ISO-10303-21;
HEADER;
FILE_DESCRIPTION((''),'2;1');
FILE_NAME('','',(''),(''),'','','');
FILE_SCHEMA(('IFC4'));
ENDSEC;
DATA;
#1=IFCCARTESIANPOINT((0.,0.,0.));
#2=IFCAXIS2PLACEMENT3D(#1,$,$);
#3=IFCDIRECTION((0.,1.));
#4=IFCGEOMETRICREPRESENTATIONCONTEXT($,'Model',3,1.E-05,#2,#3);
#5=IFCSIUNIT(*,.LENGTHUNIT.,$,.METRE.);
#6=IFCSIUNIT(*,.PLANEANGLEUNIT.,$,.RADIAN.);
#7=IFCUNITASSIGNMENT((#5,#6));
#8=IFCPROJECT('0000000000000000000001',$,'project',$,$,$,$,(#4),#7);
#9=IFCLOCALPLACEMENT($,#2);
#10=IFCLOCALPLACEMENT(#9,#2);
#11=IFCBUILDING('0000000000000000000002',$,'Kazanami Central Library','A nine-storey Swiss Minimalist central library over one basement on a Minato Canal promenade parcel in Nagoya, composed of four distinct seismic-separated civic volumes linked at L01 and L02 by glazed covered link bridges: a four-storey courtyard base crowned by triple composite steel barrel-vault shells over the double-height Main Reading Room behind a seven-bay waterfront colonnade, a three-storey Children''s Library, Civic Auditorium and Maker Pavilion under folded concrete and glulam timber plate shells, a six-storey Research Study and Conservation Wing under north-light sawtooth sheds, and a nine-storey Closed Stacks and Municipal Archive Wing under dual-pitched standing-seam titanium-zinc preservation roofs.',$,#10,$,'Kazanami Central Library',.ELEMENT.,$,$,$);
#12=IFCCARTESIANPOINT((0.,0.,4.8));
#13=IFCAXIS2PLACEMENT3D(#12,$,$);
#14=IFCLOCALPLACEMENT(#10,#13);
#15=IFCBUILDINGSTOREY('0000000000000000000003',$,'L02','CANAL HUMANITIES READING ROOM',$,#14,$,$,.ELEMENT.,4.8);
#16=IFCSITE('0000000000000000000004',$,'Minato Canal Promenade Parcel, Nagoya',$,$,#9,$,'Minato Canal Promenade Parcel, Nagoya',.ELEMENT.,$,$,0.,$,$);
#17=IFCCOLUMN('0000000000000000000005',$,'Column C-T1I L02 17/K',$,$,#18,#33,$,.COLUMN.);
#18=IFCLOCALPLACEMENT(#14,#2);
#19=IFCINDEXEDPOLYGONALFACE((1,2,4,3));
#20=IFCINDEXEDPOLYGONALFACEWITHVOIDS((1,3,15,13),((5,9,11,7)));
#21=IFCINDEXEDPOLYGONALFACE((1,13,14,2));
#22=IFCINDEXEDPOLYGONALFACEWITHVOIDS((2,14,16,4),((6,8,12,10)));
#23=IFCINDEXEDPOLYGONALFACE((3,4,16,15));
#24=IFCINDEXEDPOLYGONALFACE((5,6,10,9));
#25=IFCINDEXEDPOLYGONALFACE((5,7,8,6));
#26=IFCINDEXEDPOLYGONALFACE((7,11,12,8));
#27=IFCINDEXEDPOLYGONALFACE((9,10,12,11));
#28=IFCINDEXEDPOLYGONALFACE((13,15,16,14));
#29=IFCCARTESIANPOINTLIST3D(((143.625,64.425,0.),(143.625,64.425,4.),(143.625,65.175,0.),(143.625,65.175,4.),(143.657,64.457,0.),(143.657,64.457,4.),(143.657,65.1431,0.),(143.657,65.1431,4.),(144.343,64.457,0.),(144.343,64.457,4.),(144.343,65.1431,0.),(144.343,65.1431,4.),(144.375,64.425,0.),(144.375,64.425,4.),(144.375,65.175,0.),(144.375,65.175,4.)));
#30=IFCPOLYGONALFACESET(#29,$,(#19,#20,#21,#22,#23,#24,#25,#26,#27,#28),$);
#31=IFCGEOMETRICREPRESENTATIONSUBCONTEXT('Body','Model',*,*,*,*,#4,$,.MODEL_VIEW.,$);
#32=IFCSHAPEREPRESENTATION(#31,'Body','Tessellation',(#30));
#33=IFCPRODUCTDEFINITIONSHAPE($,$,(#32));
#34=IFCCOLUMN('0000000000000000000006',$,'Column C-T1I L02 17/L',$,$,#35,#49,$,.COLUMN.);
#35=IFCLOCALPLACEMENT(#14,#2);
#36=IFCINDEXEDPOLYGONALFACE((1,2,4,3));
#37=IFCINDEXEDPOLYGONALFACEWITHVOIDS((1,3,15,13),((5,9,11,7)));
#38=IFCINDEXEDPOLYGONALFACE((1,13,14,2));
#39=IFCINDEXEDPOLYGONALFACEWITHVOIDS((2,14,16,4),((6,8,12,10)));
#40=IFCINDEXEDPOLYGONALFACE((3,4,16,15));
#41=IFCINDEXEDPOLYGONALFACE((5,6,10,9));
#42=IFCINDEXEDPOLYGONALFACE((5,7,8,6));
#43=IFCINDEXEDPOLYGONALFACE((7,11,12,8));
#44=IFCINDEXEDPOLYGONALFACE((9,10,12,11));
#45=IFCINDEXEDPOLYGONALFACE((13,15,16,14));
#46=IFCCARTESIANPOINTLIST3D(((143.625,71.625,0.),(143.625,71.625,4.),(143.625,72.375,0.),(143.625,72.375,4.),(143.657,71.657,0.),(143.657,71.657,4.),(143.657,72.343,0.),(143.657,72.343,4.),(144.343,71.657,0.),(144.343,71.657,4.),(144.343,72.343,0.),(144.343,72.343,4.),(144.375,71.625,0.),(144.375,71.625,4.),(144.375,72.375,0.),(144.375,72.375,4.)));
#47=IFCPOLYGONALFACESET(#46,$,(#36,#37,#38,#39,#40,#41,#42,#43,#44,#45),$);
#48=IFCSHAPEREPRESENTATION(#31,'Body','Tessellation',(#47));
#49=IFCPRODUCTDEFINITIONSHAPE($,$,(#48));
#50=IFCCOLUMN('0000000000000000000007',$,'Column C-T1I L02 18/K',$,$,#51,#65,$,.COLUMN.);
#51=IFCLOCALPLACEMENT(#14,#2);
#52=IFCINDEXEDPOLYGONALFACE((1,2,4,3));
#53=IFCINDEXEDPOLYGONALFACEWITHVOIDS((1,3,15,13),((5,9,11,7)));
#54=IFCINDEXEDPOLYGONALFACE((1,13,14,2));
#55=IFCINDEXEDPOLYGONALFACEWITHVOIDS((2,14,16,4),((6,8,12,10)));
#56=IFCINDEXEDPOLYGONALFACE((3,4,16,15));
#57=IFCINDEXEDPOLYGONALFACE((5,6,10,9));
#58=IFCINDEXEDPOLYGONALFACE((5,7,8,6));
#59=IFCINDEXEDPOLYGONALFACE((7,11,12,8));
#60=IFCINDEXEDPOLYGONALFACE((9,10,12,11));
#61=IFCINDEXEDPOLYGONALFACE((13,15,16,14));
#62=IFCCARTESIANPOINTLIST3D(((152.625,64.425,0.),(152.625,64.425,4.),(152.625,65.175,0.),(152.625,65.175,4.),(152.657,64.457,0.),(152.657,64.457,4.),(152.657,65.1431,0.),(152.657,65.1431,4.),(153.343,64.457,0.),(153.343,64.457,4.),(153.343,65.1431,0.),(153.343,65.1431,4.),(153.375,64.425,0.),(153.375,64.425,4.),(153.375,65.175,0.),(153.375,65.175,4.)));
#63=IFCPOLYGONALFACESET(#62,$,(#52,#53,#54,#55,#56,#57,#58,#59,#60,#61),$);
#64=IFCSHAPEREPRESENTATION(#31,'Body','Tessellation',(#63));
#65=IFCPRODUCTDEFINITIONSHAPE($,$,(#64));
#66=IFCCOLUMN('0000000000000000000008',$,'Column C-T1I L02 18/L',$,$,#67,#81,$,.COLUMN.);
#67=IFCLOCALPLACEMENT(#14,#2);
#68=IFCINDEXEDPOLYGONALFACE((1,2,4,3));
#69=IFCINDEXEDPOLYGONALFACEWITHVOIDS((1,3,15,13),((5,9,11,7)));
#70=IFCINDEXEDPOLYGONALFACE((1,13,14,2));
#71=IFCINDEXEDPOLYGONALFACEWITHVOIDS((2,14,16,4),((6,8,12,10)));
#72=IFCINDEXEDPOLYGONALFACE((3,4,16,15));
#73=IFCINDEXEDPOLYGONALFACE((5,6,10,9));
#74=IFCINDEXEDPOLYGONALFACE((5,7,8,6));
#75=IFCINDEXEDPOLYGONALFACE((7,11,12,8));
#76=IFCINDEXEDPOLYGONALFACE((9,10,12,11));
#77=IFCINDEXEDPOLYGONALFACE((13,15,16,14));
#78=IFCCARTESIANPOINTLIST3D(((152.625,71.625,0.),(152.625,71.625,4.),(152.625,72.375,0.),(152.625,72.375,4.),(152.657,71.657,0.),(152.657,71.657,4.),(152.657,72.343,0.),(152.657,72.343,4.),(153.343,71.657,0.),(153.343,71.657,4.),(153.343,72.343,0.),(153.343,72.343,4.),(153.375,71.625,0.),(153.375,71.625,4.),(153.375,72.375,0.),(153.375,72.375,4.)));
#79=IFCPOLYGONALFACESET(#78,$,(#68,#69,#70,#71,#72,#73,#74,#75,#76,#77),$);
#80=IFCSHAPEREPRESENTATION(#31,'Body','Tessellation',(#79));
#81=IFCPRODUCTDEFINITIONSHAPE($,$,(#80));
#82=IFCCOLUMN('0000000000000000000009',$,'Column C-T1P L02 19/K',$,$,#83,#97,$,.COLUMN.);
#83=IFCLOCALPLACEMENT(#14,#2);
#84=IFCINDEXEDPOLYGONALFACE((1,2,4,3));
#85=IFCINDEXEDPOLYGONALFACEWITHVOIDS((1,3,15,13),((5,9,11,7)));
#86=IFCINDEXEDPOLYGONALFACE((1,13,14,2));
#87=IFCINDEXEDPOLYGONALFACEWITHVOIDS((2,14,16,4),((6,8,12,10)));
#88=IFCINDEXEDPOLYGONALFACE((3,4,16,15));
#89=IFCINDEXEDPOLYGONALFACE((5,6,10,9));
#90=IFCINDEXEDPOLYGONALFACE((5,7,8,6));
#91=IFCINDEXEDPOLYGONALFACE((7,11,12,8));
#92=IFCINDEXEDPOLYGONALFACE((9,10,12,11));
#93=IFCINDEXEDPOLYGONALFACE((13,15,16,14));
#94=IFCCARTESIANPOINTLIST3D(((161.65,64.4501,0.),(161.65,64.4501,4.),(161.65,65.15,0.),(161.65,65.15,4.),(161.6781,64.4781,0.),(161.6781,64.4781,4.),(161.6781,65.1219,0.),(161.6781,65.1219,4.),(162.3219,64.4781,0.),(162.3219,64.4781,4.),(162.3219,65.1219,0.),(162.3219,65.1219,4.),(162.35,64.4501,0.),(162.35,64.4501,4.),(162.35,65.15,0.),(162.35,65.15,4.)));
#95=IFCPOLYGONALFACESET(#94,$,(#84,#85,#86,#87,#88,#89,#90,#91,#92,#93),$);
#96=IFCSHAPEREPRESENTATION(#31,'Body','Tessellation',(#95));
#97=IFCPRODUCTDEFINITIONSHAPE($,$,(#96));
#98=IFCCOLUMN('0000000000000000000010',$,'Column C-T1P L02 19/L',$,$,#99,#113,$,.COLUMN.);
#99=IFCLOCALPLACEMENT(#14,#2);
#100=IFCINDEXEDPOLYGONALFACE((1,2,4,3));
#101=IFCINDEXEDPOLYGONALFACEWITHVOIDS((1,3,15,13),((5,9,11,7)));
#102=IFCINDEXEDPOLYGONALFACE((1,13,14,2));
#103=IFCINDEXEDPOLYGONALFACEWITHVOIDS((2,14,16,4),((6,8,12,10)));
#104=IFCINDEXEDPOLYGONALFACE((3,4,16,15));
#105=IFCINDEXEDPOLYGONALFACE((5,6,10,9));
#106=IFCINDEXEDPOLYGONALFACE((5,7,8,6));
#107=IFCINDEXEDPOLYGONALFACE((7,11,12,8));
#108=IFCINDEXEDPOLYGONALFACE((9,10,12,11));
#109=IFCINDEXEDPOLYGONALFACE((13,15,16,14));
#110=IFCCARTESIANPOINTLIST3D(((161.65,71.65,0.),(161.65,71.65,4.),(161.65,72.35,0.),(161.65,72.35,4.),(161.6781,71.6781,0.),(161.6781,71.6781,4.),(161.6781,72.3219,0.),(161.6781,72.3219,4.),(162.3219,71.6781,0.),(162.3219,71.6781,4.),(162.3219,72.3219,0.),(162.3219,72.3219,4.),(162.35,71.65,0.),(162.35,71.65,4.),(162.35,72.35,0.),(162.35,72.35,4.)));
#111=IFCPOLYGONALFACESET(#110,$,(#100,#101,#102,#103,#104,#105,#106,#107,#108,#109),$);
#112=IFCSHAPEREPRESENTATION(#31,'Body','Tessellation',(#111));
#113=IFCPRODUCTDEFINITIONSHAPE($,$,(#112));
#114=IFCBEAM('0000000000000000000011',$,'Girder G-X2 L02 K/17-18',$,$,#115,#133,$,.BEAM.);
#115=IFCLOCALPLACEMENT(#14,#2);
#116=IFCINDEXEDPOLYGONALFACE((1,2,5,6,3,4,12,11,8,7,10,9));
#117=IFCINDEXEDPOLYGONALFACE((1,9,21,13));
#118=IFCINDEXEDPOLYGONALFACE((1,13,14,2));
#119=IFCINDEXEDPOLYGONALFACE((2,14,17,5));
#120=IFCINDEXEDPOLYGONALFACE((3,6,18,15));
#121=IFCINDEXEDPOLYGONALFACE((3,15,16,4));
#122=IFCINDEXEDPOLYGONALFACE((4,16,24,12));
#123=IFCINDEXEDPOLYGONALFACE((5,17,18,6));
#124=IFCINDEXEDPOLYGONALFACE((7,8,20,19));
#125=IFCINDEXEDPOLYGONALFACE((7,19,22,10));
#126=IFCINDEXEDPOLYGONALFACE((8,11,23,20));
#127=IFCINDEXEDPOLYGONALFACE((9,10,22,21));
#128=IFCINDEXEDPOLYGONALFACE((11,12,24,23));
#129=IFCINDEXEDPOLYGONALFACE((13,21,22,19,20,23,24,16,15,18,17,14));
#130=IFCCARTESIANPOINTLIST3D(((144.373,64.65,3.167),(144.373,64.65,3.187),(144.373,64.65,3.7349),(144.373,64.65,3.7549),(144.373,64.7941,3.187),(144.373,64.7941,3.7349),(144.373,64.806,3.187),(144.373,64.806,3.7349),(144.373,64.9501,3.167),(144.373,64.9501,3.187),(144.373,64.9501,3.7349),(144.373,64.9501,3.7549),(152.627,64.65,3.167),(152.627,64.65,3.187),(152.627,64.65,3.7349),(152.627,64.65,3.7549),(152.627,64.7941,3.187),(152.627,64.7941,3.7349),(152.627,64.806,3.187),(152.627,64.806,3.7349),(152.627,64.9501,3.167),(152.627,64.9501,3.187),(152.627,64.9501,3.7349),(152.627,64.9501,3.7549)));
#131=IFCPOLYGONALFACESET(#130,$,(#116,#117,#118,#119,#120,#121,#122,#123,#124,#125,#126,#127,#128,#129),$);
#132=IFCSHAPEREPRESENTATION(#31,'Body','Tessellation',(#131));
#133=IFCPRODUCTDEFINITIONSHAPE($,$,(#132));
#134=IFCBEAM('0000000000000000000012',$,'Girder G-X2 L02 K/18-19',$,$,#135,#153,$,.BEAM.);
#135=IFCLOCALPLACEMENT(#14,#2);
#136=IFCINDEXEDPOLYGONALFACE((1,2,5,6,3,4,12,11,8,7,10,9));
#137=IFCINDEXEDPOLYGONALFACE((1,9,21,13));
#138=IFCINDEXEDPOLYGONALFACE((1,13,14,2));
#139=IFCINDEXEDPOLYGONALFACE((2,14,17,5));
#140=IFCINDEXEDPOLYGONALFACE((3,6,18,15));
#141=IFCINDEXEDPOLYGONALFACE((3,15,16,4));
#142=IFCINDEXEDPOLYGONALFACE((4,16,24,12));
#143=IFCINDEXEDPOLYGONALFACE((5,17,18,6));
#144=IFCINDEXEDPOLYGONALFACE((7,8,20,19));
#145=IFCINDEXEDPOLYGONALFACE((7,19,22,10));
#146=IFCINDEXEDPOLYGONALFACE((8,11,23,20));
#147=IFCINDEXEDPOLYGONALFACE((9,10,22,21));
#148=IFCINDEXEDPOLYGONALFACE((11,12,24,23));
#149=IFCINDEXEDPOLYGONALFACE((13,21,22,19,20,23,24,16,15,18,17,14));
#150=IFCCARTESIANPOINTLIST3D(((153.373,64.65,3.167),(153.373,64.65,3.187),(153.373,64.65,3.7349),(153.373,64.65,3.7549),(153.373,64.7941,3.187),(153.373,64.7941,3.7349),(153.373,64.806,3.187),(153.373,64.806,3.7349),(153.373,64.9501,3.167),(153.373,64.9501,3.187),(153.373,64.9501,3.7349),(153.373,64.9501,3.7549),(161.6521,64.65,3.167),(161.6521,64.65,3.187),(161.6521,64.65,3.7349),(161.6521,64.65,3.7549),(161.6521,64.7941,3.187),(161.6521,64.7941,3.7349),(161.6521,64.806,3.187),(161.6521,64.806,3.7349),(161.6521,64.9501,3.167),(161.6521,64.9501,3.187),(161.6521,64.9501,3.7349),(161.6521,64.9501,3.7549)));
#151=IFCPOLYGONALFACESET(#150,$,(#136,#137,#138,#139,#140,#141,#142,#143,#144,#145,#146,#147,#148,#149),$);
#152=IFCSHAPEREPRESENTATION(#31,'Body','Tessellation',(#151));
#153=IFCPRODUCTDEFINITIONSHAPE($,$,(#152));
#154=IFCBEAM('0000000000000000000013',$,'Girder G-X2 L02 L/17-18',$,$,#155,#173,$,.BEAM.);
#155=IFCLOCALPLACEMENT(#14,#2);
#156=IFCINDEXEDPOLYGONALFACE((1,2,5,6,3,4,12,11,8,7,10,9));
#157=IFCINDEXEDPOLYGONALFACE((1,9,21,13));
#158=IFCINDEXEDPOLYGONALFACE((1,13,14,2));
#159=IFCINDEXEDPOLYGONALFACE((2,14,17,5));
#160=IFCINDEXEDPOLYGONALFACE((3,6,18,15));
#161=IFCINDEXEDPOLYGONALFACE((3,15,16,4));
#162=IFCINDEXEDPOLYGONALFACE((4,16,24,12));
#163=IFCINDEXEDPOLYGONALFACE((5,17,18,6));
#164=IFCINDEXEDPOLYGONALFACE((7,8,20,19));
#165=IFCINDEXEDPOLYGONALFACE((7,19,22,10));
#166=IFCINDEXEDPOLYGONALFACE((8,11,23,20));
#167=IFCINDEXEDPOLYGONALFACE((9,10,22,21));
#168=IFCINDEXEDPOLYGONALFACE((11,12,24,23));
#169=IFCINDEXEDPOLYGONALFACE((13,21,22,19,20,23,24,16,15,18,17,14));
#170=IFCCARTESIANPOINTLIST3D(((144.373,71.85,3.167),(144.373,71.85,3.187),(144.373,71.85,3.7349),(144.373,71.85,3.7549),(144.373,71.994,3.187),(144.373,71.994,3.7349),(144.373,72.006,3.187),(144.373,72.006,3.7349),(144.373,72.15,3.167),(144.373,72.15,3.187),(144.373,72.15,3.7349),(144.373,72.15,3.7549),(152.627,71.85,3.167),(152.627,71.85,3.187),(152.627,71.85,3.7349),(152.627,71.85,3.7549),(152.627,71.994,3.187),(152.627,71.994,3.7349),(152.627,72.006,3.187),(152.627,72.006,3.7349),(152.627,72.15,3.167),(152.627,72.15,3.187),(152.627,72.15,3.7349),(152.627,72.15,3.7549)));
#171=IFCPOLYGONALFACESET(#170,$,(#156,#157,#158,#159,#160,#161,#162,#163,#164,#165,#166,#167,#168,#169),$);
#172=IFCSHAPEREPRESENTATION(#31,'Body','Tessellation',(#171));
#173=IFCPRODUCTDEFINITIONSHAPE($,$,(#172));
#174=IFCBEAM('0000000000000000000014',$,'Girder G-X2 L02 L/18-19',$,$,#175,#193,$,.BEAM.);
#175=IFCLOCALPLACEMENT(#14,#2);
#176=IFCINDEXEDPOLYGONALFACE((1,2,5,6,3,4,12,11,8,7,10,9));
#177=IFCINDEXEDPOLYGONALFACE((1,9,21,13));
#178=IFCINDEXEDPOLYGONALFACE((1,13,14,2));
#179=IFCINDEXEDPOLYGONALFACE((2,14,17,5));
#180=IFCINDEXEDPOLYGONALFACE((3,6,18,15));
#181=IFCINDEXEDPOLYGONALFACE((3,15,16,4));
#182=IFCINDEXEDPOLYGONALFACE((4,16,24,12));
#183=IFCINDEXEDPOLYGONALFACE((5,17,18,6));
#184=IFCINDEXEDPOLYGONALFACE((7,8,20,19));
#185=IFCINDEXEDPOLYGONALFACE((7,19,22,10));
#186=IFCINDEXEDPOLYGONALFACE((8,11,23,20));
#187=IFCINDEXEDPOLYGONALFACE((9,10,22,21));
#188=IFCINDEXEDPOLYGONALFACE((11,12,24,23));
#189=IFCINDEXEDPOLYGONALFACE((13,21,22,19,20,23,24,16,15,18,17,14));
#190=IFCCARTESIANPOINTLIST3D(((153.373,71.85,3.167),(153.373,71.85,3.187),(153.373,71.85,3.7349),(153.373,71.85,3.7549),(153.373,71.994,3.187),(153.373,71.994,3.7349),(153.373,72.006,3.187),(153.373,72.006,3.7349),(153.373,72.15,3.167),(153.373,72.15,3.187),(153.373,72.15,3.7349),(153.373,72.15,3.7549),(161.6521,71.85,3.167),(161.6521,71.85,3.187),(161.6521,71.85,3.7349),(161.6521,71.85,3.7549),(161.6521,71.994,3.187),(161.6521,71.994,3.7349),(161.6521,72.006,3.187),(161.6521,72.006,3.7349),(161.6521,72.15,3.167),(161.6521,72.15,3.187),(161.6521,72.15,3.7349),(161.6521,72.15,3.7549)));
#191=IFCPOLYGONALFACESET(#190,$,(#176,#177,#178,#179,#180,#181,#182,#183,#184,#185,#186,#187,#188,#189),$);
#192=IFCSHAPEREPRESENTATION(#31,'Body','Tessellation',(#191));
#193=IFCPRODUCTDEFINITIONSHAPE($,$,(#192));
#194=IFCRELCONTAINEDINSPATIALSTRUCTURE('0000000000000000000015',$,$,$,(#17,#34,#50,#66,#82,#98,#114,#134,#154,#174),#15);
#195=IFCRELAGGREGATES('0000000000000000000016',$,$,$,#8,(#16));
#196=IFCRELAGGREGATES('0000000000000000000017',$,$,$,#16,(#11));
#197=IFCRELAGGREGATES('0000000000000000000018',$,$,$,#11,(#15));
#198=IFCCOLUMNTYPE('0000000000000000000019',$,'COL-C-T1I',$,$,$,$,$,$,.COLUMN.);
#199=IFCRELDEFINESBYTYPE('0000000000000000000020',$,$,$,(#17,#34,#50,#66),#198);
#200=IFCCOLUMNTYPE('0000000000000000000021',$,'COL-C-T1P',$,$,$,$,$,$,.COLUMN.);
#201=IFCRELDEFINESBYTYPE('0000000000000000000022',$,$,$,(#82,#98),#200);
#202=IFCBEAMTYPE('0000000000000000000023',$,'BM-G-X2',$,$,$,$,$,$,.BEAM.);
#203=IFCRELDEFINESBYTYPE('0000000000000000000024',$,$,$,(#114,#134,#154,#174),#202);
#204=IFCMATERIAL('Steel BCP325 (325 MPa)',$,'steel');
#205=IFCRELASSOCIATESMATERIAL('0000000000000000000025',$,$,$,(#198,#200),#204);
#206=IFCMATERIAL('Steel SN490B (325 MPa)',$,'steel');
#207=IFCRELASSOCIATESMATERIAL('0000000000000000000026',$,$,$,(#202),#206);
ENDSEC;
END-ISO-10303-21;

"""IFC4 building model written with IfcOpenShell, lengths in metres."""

from ifc_helpers import new_model, si_unit, direction, frame, origin, origin_2d, place, context, subcontext, project, spatial, hollow_rectangle, i_section, extrude, material, material_profile, profile_set, type_object, element, save


model = new_model("IFC4")

# Units and contexts
model_context = context("Model", 3, precision=1e-05, world=origin(), true_north=direction((0.0, 1.0)))
body_context = subcontext(model_context, "Body", "Model", "MODEL_VIEW")
ifc_project = project(units=[si_unit("LENGTHUNIT", "METRE"), si_unit("PLANEANGLEUNIT", "RADIAN")], contexts=[model_context])

# Site, building, storey
site_placement = place(None, origin())
site = spatial("IfcSite", under=ifc_project, at=site_placement, Name="Minato Canal Promenade Parcel, Nagoya", LongName="Minato Canal Promenade Parcel, Nagoya", CompositionType="ELEMENT", RefElevation=0.0)
building_placement = place(site_placement, origin())
building = spatial("IfcBuilding", under=site, at=building_placement, Name="Kazanami Central Library", Description="A nine-storey Swiss Minimalist central library over one basement on a Minato Canal promenade parcel in Nagoya, composed of four distinct seismic-separated civic volumes linked at L01 and L02 by glazed covered link bridges: a four-storey courtyard base crowned by triple composite steel barrel-vault shells over the double-height Main Reading Room behind a seven-bay waterfront colonnade, a three-storey Children's Library, Civic Auditorium and Maker Pavilion under folded concrete and glulam timber plate shells, a six-storey Research Study and Conservation Wing under north-light sawtooth sheds, and a nine-storey Closed Stacks and Municipal Archive Wing under dual-pitched standing-seam titanium-zinc preservation roofs.", LongName="Kazanami Central Library", CompositionType="ELEMENT")
storey_placement = place(building_placement, frame((0.0, 0.0, 4.8)))
storey = spatial("IfcBuildingStorey", under=building, at=storey_placement, Name="L02", Description="CANAL HUMANITIES READING ROOM", CompositionType="ELEMENT", Elevation=4.8)

# Columns
ifc_material_1 = material(Name="Steel BCP325 (325 MPa)", Category="steel")
ifc_material_profile_1 = material_profile(ifc_material_1, hollow_rectangle(XDim=0.75, YDim=0.75, WallThickness=0.032, at=origin_2d()), Name="BCP-750x750x32")
ifc_profile_set_1 = profile_set([ifc_material_profile_1], Name="Steel BCP325 (325 MPa)")
column_type_1 = type_object("IfcColumnType", Name="COL-C-T1I", PredefinedType="COLUMN", material=ifc_profile_set_1)
for number, where, z_axis, x_axis, name in (
    (1, (144.0, 64.8, 0.0), (0.0, 0.0, 1.0), (1.0, 0.0, 0.0), "Column C-T1I L02 17/K"),
    (2, (144.0, 72.0, 0.0), (0.0, 0.0, 1.0), (1.0, 0.0, 0.0), "Column C-T1I L02 17/L"),
    (3, (153.0, 64.8, 0.0), (0.0, 0.0, 1.0), (1.0, 0.0, 0.0), "Column C-T1I L02 18/K"),
    (4, (153.0, 72.0, 0.0), (0.0, 0.0, 1.0), (1.0, 0.0, 0.0), "Column C-T1I L02 18/L"),
):
    element("IfcColumn", number, at=place(storey_placement, frame(where, z_axis=z_axis, x_axis=x_axis)), inside=storey, type_object=column_type_1, Name=name, PredefinedType="COLUMN", context=body_context, shape_type="SweptSolid", body=[
        extrude(hollow_rectangle(XDim=0.75, YDim=0.75, WallThickness=0.032, at=origin_2d()), origin(), (0.0, 0.0, 1.0), 4.0),
    ])
ifc_material_profile_2 = material_profile(ifc_material_1, hollow_rectangle(XDim=0.7, YDim=0.7, WallThickness=0.0281, at=origin_2d()), Name="BCP-700x700x28")
ifc_profile_set_2 = profile_set([ifc_material_profile_2], Name="Steel BCP325 (325 MPa)")
column_type_2 = type_object("IfcColumnType", Name="COL-C-T1P", PredefinedType="COLUMN", material=ifc_profile_set_2)
for number, where, z_axis, x_axis, name in (
    (5, (162.0, 64.8, 0.0), (0.0, 0.0, 1.0), (1.0, 0.0, 0.0), "Column C-T1P L02 19/K"),
    (6, (162.0, 72.0, 0.0), (0.0, 0.0, 1.0), (1.0, 0.0, 0.0), "Column C-T1P L02 19/L"),
):
    element("IfcColumn", number, at=place(storey_placement, frame(where, z_axis=z_axis, x_axis=x_axis)), inside=storey, type_object=column_type_2, Name=name, PredefinedType="COLUMN", context=body_context, shape_type="SweptSolid", body=[
        extrude(hollow_rectangle(XDim=0.7, YDim=0.7, WallThickness=0.0281, at=origin_2d()), origin(), (0.0, 0.0, 1.0), 4.0),
    ])

# Beams
ifc_material_2 = material(Name="Steel SN490B (325 MPa)", Category="steel")
ifc_material_profile_3 = material_profile(ifc_material_2, i_section(OverallWidth=0.3, OverallDepth=0.5879, WebThickness=0.012, FlangeThickness=0.02, at=origin_2d()), Name="H-588x300x12x20")
ifc_profile_set_3 = profile_set([ifc_material_profile_3], Name="Steel SN490B (325 MPa)")
beam_type_1 = type_object("IfcBeamType", Name="BM-G-X2", PredefinedType="BEAM", material=ifc_profile_set_3)
beam_1_placement = place(storey_placement, frame((144.373, 64.8, 3.4609), z_axis=(1.0, 0.0, 0.0), x_axis=(0.0, 1.0, 0.0)))
element("IfcBeam", 7, at=beam_1_placement, inside=storey, type_object=beam_type_1, Name="Girder G-X2 L02 K/17-18", PredefinedType="BEAM", context=body_context, shape_type="SweptSolid", body=[
    extrude(i_section(OverallWidth=0.3, OverallDepth=0.5879, WebThickness=0.012, FlangeThickness=0.02, at=origin_2d()), origin(), (0.0, 0.0, 1.0), 8.2539),
])
beam_2_placement = place(storey_placement, frame((153.373, 64.8, 3.4609), z_axis=(1.0, 0.0, 0.0), x_axis=(0.0, 1.0, 0.0)))
element("IfcBeam", 8, at=beam_2_placement, inside=storey, type_object=beam_type_1, Name="Girder G-X2 L02 K/18-19", PredefinedType="BEAM", context=body_context, shape_type="SweptSolid", body=[
    extrude(i_section(OverallWidth=0.3, OverallDepth=0.5879, WebThickness=0.012, FlangeThickness=0.02, at=origin_2d()), origin(), (0.0, 0.0, 1.0), 8.2791),
])
beam_3_placement = place(storey_placement, frame((144.373, 72.0, 3.4609), z_axis=(1.0, 0.0, 0.0), x_axis=(0.0, 1.0, 0.0)))
element("IfcBeam", 9, at=beam_3_placement, inside=storey, type_object=beam_type_1, Name="Girder G-X2 L02 L/17-18", PredefinedType="BEAM", context=body_context, shape_type="SweptSolid", body=[
    extrude(i_section(OverallWidth=0.3, OverallDepth=0.5879, WebThickness=0.012, FlangeThickness=0.02, at=origin_2d()), origin(), (0.0, 0.0, 1.0), 8.2539),
])
beam_4_placement = place(storey_placement, frame((153.373, 72.0, 3.4609), z_axis=(1.0, 0.0, 0.0), x_axis=(0.0, 1.0, 0.0)))
element("IfcBeam", 10, at=beam_4_placement, inside=storey, type_object=beam_type_1, Name="Girder G-X2 L02 L/18-19", PredefinedType="BEAM", context=body_context, shape_type="SweptSolid", body=[
    extrude(i_section(OverallWidth=0.3, OverallDepth=0.5879, WebThickness=0.012, FlangeThickness=0.02, at=origin_2d()), origin(), (0.0, 0.0, 1.0), 8.2791),
])

save(model, "model.ifc")
